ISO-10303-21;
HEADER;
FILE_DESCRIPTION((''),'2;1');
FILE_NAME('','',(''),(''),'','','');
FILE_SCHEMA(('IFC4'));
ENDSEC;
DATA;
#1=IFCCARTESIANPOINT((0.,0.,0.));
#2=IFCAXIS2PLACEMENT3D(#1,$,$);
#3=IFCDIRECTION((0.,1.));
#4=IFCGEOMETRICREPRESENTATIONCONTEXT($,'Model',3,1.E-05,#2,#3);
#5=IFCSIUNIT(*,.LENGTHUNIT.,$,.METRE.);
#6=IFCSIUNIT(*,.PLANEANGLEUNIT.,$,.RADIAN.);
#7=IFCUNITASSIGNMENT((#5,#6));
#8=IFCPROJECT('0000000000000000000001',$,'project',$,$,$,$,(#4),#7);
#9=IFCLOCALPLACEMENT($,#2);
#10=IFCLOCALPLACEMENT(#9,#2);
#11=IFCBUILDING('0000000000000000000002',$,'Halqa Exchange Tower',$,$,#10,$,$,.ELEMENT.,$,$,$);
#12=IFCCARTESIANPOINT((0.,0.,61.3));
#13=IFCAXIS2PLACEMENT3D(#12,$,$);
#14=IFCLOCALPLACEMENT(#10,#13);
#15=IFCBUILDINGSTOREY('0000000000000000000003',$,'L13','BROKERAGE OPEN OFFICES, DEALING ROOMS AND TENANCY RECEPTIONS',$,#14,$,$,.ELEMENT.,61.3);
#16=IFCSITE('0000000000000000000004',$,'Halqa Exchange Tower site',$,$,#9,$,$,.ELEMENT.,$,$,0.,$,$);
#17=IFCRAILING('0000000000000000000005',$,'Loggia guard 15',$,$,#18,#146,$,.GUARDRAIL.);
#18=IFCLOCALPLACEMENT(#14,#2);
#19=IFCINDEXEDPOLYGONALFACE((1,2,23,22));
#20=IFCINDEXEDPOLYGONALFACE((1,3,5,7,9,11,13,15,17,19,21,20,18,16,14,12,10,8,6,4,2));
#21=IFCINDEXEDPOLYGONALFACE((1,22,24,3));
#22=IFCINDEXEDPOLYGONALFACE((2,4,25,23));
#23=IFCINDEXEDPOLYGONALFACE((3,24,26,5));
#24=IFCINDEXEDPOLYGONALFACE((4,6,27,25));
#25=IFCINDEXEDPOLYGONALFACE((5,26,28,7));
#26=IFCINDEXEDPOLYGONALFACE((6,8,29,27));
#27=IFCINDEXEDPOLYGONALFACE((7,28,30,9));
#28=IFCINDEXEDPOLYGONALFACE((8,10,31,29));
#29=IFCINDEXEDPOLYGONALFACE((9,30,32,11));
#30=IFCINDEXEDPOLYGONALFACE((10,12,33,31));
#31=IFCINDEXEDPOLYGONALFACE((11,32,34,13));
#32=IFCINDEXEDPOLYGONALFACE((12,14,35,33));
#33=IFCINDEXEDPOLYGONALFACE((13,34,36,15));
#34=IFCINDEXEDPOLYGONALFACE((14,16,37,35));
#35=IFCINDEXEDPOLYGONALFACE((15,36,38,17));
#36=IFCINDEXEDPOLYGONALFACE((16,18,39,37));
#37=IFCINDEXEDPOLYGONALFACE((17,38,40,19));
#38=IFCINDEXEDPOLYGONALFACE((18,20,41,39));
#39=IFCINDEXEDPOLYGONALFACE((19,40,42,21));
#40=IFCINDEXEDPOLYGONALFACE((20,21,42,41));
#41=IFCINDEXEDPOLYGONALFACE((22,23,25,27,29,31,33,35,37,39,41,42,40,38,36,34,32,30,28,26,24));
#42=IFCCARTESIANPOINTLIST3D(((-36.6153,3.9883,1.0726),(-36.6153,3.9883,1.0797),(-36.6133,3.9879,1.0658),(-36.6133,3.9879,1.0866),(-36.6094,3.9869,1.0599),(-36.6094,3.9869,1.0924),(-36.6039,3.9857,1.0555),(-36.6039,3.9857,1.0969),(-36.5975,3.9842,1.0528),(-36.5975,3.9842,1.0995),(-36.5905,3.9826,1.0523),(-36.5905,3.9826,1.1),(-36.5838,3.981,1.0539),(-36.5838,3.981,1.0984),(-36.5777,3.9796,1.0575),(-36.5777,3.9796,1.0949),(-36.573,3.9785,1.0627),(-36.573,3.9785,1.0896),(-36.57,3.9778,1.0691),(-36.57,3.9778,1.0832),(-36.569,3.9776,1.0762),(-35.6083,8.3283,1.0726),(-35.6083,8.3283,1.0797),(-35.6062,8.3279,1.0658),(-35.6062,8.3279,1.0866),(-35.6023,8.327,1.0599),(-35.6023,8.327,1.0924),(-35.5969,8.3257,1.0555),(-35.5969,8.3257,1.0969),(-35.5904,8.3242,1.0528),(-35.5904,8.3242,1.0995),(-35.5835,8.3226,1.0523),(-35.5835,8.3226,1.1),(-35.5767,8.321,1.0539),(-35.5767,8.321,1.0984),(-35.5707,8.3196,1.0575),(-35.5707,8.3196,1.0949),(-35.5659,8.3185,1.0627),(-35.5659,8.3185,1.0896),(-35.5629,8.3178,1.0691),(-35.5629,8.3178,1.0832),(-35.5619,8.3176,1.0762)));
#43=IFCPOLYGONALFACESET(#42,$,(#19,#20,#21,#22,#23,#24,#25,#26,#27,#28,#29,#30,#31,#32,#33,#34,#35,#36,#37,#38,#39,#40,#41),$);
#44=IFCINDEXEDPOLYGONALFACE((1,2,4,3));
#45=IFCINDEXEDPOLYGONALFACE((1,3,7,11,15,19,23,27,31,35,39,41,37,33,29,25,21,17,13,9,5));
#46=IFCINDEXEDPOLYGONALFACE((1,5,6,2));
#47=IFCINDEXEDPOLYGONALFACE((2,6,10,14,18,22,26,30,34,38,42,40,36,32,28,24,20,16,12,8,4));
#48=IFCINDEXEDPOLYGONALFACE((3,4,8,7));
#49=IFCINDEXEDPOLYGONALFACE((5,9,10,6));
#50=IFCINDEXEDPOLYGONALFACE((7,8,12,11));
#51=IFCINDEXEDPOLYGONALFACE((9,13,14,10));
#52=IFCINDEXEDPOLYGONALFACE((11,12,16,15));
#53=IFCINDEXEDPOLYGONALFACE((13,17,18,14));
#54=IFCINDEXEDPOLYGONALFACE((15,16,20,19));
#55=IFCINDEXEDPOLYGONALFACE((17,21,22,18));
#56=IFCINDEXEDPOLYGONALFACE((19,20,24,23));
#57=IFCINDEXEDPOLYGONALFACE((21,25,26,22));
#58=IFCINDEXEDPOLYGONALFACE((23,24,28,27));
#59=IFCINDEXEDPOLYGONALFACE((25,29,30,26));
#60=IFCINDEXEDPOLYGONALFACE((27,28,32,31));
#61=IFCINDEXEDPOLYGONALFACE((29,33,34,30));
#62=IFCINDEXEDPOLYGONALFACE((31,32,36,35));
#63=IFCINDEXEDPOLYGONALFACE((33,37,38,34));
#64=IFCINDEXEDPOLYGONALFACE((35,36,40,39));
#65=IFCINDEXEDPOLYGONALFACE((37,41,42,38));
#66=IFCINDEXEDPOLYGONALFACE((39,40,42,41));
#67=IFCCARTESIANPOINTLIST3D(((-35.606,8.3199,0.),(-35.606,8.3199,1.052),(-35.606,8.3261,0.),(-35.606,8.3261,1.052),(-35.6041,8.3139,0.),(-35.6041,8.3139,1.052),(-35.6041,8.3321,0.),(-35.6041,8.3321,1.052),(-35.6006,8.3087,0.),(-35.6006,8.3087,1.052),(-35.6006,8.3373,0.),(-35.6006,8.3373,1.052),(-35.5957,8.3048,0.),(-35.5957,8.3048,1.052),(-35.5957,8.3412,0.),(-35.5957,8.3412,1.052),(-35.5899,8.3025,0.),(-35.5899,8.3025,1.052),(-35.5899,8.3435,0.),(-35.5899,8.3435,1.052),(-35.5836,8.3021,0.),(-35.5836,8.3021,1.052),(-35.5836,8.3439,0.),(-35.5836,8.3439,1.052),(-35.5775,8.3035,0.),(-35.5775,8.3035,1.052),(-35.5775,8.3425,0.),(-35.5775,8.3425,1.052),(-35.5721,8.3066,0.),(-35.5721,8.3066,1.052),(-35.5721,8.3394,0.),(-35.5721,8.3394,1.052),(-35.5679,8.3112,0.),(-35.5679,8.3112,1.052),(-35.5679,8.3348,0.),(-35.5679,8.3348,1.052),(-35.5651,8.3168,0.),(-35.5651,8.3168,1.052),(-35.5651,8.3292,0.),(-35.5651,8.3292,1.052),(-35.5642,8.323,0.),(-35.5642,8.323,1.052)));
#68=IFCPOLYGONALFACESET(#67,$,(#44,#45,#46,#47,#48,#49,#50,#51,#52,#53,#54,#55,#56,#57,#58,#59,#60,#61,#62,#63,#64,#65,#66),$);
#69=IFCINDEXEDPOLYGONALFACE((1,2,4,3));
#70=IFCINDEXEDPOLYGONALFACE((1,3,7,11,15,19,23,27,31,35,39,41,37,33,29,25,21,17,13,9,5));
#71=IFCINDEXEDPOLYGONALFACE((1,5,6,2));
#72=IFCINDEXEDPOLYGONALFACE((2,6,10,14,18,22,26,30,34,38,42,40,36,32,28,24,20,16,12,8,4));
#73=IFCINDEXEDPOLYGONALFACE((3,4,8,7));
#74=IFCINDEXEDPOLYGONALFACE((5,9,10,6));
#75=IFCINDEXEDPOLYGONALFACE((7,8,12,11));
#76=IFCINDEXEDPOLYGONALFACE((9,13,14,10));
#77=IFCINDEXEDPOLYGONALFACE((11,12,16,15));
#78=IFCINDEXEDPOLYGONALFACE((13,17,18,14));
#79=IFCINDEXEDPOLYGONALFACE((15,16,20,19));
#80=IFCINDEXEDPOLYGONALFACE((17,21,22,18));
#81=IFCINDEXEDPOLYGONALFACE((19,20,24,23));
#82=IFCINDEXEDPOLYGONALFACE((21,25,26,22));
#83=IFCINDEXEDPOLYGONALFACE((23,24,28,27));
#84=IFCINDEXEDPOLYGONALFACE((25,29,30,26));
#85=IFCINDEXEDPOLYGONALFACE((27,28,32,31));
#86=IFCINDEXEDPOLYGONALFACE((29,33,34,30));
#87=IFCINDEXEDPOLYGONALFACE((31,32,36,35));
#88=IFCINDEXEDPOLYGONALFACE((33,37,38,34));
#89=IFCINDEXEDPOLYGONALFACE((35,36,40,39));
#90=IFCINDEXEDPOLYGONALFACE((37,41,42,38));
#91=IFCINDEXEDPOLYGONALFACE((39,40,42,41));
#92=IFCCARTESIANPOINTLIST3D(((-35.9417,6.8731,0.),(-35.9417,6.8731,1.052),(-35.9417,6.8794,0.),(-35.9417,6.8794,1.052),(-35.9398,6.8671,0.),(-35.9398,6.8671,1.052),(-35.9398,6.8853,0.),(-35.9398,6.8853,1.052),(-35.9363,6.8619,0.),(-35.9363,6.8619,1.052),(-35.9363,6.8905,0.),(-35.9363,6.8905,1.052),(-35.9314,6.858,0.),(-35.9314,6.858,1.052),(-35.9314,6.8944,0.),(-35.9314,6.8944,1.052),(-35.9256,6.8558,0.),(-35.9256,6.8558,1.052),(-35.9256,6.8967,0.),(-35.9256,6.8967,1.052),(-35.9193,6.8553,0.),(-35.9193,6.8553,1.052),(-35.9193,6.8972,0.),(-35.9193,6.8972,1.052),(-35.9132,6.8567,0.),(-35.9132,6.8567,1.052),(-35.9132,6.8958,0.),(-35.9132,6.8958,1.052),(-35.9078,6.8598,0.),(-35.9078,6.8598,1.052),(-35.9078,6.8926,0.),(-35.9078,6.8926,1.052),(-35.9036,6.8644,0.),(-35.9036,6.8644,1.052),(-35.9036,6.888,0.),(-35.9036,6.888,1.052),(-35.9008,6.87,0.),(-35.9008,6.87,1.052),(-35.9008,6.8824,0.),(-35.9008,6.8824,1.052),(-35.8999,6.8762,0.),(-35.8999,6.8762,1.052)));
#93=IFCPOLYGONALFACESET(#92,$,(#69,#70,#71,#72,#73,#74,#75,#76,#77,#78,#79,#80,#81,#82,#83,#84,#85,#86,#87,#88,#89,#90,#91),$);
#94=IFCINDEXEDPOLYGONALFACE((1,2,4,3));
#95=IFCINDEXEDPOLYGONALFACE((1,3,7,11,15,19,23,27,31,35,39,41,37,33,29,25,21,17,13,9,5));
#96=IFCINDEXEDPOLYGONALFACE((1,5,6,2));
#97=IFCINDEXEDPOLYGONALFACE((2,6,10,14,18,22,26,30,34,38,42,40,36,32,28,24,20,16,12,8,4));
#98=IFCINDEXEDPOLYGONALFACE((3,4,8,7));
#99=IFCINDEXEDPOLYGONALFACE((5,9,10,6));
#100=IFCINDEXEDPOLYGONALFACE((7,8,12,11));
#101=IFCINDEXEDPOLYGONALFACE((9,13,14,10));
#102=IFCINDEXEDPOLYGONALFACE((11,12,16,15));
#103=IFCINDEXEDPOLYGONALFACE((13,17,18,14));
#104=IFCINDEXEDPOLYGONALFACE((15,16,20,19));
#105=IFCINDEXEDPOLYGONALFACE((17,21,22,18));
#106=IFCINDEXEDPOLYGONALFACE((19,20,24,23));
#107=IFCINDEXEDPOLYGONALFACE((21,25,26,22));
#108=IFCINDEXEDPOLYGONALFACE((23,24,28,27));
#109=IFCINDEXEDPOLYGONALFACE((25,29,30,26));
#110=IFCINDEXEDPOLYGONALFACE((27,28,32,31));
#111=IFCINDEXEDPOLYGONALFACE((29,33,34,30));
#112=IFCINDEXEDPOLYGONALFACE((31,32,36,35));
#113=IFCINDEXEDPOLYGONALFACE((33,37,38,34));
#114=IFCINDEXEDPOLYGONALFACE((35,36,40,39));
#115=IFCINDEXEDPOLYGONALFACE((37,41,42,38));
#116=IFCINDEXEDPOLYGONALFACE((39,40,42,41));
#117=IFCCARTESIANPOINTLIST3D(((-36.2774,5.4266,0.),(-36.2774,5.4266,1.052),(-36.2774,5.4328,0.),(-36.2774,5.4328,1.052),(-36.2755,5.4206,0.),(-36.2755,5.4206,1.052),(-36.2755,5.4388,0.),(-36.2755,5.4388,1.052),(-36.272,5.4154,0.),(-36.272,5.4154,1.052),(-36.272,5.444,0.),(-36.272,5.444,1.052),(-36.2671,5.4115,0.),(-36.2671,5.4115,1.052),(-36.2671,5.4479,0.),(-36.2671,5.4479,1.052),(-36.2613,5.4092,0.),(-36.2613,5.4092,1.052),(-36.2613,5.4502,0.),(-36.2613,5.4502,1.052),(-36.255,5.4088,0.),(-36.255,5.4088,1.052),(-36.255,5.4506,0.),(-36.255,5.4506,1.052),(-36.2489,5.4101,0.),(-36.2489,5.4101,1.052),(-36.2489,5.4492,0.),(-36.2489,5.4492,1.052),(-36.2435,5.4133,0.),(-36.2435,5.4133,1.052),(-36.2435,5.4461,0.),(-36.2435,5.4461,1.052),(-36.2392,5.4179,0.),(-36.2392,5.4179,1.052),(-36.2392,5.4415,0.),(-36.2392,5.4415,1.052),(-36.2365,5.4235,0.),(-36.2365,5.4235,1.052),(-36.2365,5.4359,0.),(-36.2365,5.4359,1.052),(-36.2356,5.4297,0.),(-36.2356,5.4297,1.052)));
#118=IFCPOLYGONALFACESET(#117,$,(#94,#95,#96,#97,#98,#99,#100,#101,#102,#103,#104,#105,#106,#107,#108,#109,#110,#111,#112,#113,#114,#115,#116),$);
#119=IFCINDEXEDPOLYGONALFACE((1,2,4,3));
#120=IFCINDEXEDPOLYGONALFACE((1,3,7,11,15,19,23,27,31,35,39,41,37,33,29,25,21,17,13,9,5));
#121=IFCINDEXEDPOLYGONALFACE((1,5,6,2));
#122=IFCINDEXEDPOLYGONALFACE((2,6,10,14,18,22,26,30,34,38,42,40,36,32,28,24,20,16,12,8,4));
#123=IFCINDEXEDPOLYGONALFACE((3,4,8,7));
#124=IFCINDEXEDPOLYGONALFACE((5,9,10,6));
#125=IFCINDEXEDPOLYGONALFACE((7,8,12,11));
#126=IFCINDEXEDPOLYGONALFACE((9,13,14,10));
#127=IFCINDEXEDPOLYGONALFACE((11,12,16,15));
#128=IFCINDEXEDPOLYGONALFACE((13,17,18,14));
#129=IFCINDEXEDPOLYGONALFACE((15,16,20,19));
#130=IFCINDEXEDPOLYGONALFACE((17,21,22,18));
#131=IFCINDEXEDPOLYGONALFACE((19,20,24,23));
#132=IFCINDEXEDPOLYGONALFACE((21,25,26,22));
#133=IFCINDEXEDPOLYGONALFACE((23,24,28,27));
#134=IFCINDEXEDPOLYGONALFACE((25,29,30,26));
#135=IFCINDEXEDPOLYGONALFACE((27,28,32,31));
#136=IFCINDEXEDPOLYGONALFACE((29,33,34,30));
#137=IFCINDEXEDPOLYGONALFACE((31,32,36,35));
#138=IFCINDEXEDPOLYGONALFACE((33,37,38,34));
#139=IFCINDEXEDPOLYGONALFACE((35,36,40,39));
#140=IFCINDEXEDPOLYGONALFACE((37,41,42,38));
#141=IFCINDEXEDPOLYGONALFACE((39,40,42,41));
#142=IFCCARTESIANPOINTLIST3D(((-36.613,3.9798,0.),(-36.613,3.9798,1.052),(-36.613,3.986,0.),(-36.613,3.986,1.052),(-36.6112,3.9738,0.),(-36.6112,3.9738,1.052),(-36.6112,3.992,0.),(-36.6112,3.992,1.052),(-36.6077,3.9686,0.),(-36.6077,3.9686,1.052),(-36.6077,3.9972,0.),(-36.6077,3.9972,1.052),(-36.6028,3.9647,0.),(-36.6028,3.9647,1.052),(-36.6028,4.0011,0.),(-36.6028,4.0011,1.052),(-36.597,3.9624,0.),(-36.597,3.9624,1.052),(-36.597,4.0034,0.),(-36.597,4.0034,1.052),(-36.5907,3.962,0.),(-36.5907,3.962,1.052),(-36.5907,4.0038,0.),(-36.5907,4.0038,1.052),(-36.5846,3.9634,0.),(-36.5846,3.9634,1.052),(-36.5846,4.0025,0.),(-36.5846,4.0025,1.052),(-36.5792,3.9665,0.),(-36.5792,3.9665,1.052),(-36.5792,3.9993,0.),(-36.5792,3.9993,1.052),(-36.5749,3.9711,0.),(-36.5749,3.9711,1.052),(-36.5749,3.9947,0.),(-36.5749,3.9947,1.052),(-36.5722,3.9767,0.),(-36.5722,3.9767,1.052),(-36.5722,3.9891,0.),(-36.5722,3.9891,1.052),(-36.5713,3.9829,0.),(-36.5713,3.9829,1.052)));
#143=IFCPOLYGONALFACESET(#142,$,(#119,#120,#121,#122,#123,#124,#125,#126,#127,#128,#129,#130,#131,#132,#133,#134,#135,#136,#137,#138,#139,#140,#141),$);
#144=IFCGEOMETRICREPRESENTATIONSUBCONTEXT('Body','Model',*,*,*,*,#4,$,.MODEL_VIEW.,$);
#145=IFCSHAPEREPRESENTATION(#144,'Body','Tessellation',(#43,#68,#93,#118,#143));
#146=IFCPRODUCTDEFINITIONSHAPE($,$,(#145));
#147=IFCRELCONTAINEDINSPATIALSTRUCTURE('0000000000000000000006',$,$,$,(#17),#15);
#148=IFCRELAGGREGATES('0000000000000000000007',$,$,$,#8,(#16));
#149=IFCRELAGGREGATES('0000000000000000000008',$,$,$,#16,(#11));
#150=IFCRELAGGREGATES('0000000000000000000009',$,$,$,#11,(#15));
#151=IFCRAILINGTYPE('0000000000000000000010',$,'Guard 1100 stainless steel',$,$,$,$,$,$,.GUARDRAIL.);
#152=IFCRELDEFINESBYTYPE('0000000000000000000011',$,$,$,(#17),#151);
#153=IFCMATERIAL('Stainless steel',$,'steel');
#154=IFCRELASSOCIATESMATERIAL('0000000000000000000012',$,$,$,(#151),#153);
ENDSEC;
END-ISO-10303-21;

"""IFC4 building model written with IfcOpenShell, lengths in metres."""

from ifc_helpers import new_model, si_unit, direction, frame, origin, origin_2d, place, context, subcontext, project, spatial, circle, extrude, material, type_object, element, save


model = new_model("IFC4")

# Units and contexts
model_context = context("Model", 3, precision=1e-05, world=origin(), true_north=direction((0.0, 1.0)))
body_context = subcontext(model_context, "Body", "Model", "MODEL_VIEW")
ifc_project = project(units=[si_unit("LENGTHUNIT", "METRE"), si_unit("PLANEANGLEUNIT", "RADIAN")], contexts=[model_context])

# Site, building, storey
site_placement = place(None, origin())
site = spatial("IfcSite", under=ifc_project, at=site_placement, Name="Halqa Exchange Tower site", CompositionType="ELEMENT", RefElevation=0.0)
building_placement = place(site_placement, origin())
building = spatial("IfcBuilding", under=site, at=building_placement, Name="Halqa Exchange Tower", CompositionType="ELEMENT")
storey_placement = place(building_placement, frame((0.0, 0.0, 61.3)))
storey = spatial("IfcBuildingStorey", under=building, at=storey_placement, Name="L13", Description="BROKERAGE OPEN OFFICES, DEALING ROOMS AND TENANCY RECEPTIONS", CompositionType="ELEMENT", Elevation=61.3)

# Railing
ifc_material_1 = material(Name="Stainless steel", Category="steel")
railing_type = type_object("IfcRailingType", Name="Guard 1100 stainless steel", PredefinedType="GUARDRAIL", material=ifc_material_1)
railing_1_placement = place(storey_placement, frame((-35.5852, 8.323, 0.0)))
element("IfcRailing", 1, at=railing_1_placement, inside=storey, type_object=railing_type, Name="Loggia guard 15", PredefinedType="GUARDRAIL", context=body_context, shape_type="SweptSolid", body=[
    extrude(circle(Radius=0.0239, at=origin_2d()), frame((0.0, 0.0, 1.0762), z_axis=(-0.226036, -0.974119, 0.0), x_axis=(0.974119, -0.226036, 0.0)), (0.0, 0.0, 1.0), 4.4553),
    extrude(circle(Radius=0.021, at=origin_2d()), origin(), (0.0, 0.0, 1.0), 1.052),
    extrude(circle(Radius=0.021, at=origin_2d()), frame((-0.3357, -1.4468, 0.0)), (0.0, 0.0, 1.0), 1.052),
    extrude(circle(Radius=0.021, at=origin_2d()), frame((-0.6714, -2.8933, 0.0)), (0.0, 0.0, 1.0), 1.052),
    extrude(circle(Radius=0.021, at=origin_2d()), frame((-1.0071, -4.3401, 0.0)), (0.0, 0.0, 1.0), 1.052),
])

save(model, "model.ifc")
